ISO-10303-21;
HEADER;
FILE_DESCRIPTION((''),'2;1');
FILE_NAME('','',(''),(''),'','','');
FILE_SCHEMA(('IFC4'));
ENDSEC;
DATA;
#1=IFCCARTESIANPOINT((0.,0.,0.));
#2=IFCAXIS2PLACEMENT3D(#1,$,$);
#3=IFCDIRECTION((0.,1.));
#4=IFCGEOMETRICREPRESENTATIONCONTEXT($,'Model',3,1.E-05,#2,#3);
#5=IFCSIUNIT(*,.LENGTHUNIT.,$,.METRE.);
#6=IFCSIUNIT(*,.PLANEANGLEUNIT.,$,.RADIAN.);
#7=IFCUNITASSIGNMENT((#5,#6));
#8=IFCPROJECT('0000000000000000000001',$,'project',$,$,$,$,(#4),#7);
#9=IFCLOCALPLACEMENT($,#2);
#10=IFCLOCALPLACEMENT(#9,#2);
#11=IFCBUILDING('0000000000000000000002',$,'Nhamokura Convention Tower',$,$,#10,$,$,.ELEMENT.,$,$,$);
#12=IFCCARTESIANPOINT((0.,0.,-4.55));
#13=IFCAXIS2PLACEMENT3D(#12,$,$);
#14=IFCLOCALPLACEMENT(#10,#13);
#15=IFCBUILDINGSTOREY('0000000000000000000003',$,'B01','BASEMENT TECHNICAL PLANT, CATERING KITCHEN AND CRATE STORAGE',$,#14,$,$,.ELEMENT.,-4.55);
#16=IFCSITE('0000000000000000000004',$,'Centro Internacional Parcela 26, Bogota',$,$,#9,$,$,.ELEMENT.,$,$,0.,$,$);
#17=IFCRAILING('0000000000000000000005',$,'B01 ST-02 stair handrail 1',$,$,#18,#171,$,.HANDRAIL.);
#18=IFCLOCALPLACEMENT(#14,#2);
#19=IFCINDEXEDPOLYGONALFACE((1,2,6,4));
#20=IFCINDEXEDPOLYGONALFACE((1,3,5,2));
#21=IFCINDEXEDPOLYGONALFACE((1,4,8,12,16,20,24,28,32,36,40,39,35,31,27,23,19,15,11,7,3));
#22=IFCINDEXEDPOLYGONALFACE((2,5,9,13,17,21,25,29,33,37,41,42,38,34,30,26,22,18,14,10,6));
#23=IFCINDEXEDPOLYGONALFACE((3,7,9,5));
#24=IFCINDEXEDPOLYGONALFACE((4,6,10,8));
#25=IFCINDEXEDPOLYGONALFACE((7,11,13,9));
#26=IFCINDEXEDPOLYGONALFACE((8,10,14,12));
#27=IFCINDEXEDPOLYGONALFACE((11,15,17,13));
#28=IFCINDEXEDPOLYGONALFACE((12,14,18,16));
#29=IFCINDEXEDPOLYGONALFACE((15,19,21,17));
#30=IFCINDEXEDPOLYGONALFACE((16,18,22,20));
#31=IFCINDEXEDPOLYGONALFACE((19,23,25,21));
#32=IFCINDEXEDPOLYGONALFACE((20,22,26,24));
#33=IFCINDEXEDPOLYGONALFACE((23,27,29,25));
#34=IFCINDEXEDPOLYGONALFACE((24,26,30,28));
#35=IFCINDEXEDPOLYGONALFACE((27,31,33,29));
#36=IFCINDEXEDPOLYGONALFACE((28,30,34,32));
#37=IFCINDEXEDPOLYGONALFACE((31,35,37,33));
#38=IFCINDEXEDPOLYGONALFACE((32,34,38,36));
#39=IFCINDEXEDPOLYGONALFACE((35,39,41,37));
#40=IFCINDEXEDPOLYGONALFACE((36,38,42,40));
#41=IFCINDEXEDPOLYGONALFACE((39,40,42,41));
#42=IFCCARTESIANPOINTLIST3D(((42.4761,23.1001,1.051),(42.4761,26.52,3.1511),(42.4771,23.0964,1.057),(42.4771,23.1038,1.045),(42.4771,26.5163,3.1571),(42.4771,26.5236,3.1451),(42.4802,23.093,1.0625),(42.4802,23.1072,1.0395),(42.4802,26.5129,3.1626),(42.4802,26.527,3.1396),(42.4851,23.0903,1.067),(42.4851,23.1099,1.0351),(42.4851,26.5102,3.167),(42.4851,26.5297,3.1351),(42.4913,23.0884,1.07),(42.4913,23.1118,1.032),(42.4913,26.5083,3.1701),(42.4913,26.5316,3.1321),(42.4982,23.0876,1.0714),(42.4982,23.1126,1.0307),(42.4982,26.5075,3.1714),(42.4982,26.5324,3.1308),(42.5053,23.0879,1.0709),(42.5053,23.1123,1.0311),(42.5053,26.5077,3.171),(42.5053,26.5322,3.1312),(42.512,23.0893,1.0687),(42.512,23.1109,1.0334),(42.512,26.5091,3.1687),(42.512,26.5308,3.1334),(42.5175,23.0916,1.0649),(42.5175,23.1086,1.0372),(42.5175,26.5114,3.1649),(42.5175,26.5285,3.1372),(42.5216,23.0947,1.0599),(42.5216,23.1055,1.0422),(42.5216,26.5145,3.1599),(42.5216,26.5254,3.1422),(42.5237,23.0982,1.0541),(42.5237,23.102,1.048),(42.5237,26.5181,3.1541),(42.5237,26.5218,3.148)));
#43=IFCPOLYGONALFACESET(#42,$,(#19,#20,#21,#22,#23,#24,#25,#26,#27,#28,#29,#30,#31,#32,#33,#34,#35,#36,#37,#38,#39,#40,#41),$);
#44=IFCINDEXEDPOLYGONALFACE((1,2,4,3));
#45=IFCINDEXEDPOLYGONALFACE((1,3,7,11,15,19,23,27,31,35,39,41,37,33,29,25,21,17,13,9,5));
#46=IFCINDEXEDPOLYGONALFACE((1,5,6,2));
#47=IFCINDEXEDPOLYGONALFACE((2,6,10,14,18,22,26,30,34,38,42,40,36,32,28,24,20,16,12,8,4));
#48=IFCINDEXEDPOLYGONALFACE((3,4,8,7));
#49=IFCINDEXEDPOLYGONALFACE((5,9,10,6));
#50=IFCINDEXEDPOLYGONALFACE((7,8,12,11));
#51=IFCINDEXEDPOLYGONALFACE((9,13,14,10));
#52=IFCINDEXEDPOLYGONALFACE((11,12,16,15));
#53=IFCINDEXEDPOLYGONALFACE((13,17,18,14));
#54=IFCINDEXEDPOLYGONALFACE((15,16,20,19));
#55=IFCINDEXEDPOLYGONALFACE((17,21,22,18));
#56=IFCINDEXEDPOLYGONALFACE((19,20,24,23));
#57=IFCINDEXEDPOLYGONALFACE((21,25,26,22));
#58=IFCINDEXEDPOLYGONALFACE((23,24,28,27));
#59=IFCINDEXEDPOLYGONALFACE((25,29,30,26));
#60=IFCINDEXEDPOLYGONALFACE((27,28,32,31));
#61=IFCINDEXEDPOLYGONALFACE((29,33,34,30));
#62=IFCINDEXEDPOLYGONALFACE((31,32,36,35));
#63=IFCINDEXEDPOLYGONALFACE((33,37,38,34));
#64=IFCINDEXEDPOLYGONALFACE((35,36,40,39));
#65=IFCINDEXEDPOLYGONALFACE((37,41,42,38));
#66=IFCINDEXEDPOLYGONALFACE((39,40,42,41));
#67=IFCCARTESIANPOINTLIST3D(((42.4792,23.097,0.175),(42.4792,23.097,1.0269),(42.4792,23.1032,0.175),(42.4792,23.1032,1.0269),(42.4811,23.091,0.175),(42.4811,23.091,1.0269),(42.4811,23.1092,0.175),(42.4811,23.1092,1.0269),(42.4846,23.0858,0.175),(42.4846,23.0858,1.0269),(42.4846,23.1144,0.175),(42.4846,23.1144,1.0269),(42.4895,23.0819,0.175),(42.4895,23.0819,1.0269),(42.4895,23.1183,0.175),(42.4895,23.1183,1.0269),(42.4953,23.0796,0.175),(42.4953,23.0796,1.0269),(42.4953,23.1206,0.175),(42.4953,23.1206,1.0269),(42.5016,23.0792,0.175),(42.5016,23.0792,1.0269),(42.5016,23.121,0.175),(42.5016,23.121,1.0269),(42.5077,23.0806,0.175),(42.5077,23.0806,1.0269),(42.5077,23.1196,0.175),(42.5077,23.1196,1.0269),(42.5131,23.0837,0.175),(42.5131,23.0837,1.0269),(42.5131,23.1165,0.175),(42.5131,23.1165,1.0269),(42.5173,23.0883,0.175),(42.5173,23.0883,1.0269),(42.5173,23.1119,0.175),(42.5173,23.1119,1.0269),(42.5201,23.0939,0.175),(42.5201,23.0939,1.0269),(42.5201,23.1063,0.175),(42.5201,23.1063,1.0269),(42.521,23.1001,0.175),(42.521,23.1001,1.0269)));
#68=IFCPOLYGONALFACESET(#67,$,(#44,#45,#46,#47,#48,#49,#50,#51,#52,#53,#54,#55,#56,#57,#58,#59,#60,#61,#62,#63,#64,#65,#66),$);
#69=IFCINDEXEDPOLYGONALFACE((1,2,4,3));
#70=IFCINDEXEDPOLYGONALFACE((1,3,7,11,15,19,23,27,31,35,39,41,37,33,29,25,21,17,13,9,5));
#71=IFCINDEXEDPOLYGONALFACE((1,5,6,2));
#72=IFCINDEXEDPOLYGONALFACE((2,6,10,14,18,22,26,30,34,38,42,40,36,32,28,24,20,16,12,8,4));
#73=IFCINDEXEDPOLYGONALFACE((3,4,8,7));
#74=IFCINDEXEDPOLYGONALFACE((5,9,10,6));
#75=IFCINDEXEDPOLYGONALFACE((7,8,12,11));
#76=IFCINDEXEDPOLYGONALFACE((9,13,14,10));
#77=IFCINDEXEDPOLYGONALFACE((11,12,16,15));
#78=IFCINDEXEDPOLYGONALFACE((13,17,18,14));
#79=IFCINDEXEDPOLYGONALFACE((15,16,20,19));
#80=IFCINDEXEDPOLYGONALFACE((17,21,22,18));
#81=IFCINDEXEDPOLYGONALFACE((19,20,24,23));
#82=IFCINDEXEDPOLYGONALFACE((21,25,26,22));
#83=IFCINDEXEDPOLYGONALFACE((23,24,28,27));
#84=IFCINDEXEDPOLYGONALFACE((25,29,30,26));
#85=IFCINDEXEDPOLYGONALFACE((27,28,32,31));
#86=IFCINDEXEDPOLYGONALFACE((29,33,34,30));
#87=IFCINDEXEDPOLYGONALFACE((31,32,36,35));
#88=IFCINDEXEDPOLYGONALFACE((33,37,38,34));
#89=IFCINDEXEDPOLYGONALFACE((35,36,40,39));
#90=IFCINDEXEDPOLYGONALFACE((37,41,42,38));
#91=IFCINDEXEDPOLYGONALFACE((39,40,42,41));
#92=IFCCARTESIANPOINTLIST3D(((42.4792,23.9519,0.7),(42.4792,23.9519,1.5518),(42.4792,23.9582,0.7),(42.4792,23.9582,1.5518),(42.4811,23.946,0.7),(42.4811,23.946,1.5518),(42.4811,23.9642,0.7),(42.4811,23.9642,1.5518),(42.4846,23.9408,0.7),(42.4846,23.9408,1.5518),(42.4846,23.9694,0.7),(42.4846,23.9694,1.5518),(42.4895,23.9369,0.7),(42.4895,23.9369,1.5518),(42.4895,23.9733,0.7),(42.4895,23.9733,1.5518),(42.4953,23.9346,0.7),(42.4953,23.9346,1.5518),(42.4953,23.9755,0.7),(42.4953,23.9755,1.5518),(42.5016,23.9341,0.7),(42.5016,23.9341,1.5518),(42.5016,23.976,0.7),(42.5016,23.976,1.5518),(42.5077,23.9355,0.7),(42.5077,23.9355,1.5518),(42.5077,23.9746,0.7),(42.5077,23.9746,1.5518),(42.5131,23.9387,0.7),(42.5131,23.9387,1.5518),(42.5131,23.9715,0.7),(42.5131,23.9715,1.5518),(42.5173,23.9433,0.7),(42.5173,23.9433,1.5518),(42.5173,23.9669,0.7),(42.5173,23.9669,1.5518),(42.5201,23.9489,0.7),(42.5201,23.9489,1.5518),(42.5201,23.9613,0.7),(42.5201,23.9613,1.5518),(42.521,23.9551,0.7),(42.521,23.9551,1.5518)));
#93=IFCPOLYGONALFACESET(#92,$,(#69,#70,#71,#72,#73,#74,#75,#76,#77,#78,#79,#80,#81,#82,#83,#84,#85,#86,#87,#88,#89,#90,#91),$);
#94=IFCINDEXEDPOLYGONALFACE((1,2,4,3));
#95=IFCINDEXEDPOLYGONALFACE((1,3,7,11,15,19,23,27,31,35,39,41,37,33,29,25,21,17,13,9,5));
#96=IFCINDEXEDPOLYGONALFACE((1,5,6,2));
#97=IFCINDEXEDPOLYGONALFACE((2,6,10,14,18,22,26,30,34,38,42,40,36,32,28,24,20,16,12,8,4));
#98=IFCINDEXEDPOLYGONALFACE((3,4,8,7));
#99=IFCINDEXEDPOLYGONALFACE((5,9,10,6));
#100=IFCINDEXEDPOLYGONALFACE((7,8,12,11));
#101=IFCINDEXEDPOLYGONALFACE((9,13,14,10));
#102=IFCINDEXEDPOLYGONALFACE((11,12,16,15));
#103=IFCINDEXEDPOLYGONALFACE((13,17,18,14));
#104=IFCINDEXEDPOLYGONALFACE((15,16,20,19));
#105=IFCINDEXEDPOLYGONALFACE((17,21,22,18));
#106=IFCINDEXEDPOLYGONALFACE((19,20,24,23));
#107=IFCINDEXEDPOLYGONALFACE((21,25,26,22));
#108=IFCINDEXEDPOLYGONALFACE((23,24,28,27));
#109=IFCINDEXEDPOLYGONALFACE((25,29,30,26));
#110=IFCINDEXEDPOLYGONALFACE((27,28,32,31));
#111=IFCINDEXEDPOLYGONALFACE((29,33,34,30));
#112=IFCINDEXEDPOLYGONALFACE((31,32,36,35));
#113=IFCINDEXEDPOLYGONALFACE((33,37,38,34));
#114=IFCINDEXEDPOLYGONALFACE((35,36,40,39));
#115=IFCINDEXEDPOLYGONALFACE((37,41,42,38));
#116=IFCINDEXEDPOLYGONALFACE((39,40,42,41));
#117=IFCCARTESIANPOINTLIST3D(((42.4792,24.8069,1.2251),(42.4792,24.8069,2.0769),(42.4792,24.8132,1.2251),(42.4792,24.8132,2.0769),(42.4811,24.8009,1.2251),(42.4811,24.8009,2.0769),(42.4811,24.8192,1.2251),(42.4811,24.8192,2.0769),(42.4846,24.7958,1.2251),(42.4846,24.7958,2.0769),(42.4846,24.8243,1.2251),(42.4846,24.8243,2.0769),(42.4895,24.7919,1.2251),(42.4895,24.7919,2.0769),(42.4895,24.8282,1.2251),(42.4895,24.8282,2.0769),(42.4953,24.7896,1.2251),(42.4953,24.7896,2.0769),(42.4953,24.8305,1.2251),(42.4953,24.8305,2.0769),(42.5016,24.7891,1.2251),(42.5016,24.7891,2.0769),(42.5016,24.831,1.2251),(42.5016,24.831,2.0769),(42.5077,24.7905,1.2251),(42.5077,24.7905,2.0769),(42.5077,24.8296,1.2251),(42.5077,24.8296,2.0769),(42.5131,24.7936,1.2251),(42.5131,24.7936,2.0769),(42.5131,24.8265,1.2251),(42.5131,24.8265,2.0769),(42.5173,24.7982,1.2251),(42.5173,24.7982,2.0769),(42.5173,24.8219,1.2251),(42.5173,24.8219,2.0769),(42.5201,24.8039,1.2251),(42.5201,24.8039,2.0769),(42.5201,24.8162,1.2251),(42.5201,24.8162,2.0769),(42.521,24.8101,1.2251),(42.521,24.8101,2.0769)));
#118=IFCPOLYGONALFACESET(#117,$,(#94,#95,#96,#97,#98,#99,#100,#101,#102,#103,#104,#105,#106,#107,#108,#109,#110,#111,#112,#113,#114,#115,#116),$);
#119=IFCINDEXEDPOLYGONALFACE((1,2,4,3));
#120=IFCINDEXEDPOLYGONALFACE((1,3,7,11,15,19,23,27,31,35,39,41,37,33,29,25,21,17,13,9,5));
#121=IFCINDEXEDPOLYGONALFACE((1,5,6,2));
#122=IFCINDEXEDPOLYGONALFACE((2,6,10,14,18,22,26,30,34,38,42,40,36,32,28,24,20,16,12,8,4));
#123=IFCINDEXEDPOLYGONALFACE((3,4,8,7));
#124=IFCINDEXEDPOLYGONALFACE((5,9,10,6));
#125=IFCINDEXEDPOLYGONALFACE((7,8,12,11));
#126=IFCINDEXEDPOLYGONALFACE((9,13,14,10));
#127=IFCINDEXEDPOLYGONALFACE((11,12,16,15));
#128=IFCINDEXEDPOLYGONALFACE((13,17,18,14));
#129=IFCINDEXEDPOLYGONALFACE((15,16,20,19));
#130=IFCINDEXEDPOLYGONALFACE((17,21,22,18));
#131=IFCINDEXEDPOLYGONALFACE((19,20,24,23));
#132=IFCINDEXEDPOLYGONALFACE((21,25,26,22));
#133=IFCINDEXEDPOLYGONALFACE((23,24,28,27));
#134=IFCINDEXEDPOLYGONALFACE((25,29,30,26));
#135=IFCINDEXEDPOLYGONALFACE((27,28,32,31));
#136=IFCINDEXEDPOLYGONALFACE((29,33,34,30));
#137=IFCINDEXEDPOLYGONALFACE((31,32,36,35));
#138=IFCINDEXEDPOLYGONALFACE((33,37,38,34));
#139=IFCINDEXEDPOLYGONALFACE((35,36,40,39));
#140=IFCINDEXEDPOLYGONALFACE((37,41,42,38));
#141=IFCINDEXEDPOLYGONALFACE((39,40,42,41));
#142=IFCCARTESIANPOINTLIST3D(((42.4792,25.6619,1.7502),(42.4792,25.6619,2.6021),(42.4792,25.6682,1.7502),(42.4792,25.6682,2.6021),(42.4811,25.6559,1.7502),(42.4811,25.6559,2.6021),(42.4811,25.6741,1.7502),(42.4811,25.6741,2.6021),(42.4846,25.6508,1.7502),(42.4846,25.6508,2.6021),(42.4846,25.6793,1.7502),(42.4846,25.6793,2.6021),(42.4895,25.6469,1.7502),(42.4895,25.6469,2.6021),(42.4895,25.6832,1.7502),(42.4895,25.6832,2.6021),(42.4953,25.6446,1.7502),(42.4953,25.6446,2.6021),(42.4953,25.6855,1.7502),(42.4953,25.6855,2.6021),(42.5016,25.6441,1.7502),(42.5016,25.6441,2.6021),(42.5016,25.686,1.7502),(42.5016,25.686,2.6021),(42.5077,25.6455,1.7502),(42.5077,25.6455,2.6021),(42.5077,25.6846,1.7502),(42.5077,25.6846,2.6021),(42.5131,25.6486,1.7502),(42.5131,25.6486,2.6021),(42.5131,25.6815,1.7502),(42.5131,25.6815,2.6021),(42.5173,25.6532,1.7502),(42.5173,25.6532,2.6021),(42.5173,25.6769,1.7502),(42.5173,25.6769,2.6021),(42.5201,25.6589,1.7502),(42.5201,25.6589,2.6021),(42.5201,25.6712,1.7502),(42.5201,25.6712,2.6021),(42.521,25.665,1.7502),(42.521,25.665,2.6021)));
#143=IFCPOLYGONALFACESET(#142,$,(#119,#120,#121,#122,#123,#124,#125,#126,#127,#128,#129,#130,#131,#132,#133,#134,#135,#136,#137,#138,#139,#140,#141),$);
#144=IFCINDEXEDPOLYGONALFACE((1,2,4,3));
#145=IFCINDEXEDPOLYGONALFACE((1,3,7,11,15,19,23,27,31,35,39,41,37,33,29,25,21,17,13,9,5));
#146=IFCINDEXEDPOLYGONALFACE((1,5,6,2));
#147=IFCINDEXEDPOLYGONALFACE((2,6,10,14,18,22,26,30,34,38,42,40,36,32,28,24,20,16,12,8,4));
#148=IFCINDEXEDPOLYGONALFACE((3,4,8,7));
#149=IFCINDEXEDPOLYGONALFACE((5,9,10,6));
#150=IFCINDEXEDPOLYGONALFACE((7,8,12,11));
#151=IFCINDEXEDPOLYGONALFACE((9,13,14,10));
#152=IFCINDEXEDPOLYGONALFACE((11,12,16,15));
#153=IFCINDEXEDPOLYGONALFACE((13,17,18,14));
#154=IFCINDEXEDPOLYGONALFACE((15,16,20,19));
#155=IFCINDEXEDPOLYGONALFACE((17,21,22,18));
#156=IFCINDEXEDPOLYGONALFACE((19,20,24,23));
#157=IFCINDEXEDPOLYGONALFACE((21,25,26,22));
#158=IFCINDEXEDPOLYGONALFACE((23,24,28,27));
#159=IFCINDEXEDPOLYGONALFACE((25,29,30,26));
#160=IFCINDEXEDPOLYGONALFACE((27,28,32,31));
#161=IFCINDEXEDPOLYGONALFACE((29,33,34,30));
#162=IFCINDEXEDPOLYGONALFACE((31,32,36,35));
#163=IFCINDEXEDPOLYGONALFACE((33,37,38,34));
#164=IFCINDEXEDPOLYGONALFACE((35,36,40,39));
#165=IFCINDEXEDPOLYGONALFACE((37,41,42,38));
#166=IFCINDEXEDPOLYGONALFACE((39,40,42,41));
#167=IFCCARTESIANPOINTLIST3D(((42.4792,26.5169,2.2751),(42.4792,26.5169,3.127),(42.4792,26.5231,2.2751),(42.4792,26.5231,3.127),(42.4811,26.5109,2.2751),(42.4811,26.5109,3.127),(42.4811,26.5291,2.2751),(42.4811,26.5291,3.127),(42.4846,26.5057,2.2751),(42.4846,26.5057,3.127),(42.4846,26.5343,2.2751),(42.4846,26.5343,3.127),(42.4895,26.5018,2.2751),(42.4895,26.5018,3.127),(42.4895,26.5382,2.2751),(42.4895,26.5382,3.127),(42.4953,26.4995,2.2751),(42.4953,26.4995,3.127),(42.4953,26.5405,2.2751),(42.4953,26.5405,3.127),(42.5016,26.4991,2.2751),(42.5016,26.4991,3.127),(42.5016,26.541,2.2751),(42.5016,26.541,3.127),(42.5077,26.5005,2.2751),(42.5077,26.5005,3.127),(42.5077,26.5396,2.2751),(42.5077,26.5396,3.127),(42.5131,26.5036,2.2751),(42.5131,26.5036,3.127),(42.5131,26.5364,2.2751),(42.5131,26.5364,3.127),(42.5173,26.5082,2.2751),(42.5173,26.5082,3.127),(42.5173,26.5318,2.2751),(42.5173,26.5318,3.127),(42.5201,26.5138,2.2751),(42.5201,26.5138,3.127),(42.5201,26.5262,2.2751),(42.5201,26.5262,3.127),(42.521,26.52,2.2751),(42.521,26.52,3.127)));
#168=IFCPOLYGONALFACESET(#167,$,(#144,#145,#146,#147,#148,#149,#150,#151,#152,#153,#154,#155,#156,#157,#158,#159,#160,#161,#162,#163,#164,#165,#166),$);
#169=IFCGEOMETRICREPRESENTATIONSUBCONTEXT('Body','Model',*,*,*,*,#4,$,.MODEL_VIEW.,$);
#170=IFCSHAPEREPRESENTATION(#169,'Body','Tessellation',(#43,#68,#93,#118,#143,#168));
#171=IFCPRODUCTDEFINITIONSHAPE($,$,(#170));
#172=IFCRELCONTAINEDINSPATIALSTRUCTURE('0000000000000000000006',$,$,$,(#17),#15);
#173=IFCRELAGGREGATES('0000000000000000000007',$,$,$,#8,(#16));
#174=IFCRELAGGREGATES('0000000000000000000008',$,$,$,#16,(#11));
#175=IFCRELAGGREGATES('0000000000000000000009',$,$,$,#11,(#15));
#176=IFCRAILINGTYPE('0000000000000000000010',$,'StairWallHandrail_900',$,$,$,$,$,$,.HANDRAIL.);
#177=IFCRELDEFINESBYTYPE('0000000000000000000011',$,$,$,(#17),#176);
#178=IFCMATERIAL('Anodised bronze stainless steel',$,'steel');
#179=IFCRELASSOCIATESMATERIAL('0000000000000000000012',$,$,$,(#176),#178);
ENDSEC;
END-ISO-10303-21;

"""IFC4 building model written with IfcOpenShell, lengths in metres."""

from ifc_helpers import new_model, si_unit, direction, frame, origin, origin_2d, place, context, subcontext, project, spatial, circle, extrude, material, type_object, element, save


model = new_model("IFC4")

# Units and contexts
model_context = context("Model", 3, precision=1e-05, world=origin(), true_north=direction((0.0, 1.0)))
body_context = subcontext(model_context, "Body", "Model", "MODEL_VIEW")
ifc_project = project(units=[si_unit("LENGTHUNIT", "METRE"), si_unit("PLANEANGLEUNIT", "RADIAN")], contexts=[model_context])

# Site, building, storey
site_placement = place(None, origin())
site = spatial("IfcSite", under=ifc_project, at=site_placement, Name="Centro Internacional Parcela 26, Bogota", CompositionType="ELEMENT", RefElevation=0.0)
building_placement = place(site_placement, origin())
building = spatial("IfcBuilding", under=site, at=building_placement, Name="Nhamokura Convention Tower", CompositionType="ELEMENT")
storey_placement = place(building_placement, frame((0.0, 0.0, -4.55)))
storey = spatial("IfcBuildingStorey", under=building, at=storey_placement, Name="B01", Description="BASEMENT TECHNICAL PLANT, CATERING KITCHEN AND CRATE STORAGE", CompositionType="ELEMENT", Elevation=-4.55)

# Railing
ifc_material_1 = material(Name="Anodised bronze stainless steel", Category="steel")
railing_type_1 = type_object("IfcRailingType", Name="StairWallHandrail_900", PredefinedType="HANDRAIL", material=ifc_material_1)
railing_1_placement = place(storey_placement, frame((42.5, 23.1001, 0.175)))
element("IfcRailing", 1, at=railing_1_placement, inside=storey, type_object=railing_type_1, Name="B01 ST-02 stair handrail 1", PredefinedType="HANDRAIL", context=body_context, shape_type="SweptSolid", body=[
    extrude(circle(Radius=0.0239, at=origin_2d()), frame((0.0, 0.0, 0.876), z_axis=(0.0, 0.852155, 0.523289), x_axis=(-1.0, 0.0, 0.0)), (0.0, 0.0, 1.0), 4.0132),
    extrude(circle(Radius=0.021, at=origin_2d()), origin(), (0.0, 0.0, 1.0), 0.8518),
    extrude(circle(Radius=0.021, at=origin_2d()), frame((0.0, 0.855, 0.5249)), (0.0, 0.0, 1.0), 0.8518),
    extrude(circle(Radius=0.021, at=origin_2d()), frame((0.0, 1.71, 1.05)), (0.0, 0.0, 1.0), 0.8518),
    extrude(circle(Radius=0.021, at=origin_2d()), frame((0.0, 2.5649, 1.5752)), (0.0, 0.0, 1.0), 0.8518),
    extrude(circle(Radius=0.021, at=origin_2d()), frame((0.0, 3.4199, 2.1001)), (0.0, 0.0, 1.0), 0.8518),
])

save(model, "model.ifc")
